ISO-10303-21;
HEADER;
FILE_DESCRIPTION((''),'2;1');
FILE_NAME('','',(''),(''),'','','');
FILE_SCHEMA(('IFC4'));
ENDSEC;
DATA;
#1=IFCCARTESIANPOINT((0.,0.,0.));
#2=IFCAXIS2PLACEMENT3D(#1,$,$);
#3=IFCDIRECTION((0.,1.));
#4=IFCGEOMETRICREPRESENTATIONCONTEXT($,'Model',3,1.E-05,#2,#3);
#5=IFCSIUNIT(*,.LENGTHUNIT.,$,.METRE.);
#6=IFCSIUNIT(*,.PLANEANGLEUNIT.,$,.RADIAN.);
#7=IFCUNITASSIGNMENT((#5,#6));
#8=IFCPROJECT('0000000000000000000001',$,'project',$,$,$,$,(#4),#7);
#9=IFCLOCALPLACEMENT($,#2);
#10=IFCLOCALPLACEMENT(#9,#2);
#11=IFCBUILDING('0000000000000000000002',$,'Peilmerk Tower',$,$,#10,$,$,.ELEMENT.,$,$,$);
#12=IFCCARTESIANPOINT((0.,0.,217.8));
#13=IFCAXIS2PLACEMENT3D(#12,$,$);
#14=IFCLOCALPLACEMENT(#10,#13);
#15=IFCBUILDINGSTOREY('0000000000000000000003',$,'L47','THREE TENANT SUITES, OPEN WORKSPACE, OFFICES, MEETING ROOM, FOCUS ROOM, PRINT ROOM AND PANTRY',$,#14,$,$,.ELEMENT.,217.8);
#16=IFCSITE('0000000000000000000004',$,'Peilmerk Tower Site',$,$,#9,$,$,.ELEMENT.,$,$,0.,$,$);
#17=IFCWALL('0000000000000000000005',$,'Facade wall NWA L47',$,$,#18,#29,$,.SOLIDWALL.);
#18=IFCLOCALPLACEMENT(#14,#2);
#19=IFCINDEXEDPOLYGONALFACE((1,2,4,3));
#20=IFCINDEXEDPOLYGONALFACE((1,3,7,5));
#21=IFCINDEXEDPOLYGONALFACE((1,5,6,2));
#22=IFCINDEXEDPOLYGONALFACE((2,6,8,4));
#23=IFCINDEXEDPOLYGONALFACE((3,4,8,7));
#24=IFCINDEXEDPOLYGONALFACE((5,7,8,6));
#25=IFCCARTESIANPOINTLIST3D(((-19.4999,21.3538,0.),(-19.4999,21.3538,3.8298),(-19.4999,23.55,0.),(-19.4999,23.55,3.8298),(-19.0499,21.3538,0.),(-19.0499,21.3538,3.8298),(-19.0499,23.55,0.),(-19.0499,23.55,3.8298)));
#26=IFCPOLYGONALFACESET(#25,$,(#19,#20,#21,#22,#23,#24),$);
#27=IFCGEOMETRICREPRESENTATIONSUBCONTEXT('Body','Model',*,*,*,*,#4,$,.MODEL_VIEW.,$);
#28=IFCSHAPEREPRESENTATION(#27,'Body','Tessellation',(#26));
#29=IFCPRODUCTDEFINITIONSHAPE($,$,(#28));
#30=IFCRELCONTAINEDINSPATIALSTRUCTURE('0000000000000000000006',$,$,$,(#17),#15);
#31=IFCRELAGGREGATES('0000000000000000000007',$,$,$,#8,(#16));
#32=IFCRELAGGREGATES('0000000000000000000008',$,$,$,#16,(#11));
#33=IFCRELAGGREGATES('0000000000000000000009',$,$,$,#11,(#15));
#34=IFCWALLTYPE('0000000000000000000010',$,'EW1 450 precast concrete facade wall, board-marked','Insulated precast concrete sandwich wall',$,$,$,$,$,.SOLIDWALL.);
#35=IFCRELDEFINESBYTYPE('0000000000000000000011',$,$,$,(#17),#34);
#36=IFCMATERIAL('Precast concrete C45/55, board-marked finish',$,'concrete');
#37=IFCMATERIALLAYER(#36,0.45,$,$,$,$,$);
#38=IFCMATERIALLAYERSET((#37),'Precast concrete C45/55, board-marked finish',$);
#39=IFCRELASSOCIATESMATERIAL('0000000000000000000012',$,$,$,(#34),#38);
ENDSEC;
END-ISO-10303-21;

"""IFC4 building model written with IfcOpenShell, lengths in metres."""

from ifc_helpers import new_model, si_unit, direction, frame, frame_2d, origin, place, context, subcontext, project, spatial, rectangle, extrude, material, layer, layer_set, type_object, element, save


model = new_model("IFC4")

# Units and contexts
model_context = context("Model", 3, precision=1e-05, world=origin(), true_north=direction((0.0, 1.0)))
body_context = subcontext(model_context, "Body", "Model", "MODEL_VIEW")
ifc_project = project(units=[si_unit("LENGTHUNIT", "METRE"), si_unit("PLANEANGLEUNIT", "RADIAN")], contexts=[model_context])

# Site, building, storey
site_placement = place(None, origin())
site = spatial("IfcSite", under=ifc_project, at=site_placement, Name="Peilmerk Tower Site", CompositionType="ELEMENT", RefElevation=0.0)
building_placement = place(site_placement, origin())
building = spatial("IfcBuilding", under=site, at=building_placement, Name="Peilmerk Tower", CompositionType="ELEMENT")
storey_placement = place(building_placement, frame((0.0, 0.0, 217.8)))
storey = spatial("IfcBuildingStorey", under=building, at=storey_placement, Name="L47", Description="THREE TENANT SUITES, OPEN WORKSPACE, OFFICES, MEETING ROOM, FOCUS ROOM, PRINT ROOM AND PANTRY", CompositionType="ELEMENT", Elevation=217.8)

# Shared definitions
ifc_material_1 = material(Name="Precast concrete C45/55, board-marked finish", Category="concrete")
ifc_layer_1 = layer(ifc_material_1, 0.45)
ifc_layer_set_1 = layer_set([ifc_layer_1], Name="Precast concrete C45/55, board-marked finish")
wall_type = type_object("IfcWallType", Name="EW1 450 precast concrete facade wall, board-marked", Description="Insulated precast concrete sandwich wall", PredefinedType="SOLIDWALL", material=ifc_layer_set_1)

# Wall
wall_1_placement = place(storey_placement, frame((-19.2749, 21.3538, 0.0), z_axis=(0.0, 0.0, 1.0), x_axis=(0.0, 1.0, 0.0)))
element("IfcWall", 1, at=wall_1_placement, inside=storey, type_object=wall_type, Name="Facade wall NWA L47", PredefinedType="SOLIDWALL", context=body_context, shape_type="SweptSolid", body=[
    extrude(rectangle(XDim=2.1963, YDim=0.45, at=frame_2d((1.0981, 0.0))), origin(), (0.0, 0.0, 1.0), 3.8298),
])

save(model, "model.ifc")
